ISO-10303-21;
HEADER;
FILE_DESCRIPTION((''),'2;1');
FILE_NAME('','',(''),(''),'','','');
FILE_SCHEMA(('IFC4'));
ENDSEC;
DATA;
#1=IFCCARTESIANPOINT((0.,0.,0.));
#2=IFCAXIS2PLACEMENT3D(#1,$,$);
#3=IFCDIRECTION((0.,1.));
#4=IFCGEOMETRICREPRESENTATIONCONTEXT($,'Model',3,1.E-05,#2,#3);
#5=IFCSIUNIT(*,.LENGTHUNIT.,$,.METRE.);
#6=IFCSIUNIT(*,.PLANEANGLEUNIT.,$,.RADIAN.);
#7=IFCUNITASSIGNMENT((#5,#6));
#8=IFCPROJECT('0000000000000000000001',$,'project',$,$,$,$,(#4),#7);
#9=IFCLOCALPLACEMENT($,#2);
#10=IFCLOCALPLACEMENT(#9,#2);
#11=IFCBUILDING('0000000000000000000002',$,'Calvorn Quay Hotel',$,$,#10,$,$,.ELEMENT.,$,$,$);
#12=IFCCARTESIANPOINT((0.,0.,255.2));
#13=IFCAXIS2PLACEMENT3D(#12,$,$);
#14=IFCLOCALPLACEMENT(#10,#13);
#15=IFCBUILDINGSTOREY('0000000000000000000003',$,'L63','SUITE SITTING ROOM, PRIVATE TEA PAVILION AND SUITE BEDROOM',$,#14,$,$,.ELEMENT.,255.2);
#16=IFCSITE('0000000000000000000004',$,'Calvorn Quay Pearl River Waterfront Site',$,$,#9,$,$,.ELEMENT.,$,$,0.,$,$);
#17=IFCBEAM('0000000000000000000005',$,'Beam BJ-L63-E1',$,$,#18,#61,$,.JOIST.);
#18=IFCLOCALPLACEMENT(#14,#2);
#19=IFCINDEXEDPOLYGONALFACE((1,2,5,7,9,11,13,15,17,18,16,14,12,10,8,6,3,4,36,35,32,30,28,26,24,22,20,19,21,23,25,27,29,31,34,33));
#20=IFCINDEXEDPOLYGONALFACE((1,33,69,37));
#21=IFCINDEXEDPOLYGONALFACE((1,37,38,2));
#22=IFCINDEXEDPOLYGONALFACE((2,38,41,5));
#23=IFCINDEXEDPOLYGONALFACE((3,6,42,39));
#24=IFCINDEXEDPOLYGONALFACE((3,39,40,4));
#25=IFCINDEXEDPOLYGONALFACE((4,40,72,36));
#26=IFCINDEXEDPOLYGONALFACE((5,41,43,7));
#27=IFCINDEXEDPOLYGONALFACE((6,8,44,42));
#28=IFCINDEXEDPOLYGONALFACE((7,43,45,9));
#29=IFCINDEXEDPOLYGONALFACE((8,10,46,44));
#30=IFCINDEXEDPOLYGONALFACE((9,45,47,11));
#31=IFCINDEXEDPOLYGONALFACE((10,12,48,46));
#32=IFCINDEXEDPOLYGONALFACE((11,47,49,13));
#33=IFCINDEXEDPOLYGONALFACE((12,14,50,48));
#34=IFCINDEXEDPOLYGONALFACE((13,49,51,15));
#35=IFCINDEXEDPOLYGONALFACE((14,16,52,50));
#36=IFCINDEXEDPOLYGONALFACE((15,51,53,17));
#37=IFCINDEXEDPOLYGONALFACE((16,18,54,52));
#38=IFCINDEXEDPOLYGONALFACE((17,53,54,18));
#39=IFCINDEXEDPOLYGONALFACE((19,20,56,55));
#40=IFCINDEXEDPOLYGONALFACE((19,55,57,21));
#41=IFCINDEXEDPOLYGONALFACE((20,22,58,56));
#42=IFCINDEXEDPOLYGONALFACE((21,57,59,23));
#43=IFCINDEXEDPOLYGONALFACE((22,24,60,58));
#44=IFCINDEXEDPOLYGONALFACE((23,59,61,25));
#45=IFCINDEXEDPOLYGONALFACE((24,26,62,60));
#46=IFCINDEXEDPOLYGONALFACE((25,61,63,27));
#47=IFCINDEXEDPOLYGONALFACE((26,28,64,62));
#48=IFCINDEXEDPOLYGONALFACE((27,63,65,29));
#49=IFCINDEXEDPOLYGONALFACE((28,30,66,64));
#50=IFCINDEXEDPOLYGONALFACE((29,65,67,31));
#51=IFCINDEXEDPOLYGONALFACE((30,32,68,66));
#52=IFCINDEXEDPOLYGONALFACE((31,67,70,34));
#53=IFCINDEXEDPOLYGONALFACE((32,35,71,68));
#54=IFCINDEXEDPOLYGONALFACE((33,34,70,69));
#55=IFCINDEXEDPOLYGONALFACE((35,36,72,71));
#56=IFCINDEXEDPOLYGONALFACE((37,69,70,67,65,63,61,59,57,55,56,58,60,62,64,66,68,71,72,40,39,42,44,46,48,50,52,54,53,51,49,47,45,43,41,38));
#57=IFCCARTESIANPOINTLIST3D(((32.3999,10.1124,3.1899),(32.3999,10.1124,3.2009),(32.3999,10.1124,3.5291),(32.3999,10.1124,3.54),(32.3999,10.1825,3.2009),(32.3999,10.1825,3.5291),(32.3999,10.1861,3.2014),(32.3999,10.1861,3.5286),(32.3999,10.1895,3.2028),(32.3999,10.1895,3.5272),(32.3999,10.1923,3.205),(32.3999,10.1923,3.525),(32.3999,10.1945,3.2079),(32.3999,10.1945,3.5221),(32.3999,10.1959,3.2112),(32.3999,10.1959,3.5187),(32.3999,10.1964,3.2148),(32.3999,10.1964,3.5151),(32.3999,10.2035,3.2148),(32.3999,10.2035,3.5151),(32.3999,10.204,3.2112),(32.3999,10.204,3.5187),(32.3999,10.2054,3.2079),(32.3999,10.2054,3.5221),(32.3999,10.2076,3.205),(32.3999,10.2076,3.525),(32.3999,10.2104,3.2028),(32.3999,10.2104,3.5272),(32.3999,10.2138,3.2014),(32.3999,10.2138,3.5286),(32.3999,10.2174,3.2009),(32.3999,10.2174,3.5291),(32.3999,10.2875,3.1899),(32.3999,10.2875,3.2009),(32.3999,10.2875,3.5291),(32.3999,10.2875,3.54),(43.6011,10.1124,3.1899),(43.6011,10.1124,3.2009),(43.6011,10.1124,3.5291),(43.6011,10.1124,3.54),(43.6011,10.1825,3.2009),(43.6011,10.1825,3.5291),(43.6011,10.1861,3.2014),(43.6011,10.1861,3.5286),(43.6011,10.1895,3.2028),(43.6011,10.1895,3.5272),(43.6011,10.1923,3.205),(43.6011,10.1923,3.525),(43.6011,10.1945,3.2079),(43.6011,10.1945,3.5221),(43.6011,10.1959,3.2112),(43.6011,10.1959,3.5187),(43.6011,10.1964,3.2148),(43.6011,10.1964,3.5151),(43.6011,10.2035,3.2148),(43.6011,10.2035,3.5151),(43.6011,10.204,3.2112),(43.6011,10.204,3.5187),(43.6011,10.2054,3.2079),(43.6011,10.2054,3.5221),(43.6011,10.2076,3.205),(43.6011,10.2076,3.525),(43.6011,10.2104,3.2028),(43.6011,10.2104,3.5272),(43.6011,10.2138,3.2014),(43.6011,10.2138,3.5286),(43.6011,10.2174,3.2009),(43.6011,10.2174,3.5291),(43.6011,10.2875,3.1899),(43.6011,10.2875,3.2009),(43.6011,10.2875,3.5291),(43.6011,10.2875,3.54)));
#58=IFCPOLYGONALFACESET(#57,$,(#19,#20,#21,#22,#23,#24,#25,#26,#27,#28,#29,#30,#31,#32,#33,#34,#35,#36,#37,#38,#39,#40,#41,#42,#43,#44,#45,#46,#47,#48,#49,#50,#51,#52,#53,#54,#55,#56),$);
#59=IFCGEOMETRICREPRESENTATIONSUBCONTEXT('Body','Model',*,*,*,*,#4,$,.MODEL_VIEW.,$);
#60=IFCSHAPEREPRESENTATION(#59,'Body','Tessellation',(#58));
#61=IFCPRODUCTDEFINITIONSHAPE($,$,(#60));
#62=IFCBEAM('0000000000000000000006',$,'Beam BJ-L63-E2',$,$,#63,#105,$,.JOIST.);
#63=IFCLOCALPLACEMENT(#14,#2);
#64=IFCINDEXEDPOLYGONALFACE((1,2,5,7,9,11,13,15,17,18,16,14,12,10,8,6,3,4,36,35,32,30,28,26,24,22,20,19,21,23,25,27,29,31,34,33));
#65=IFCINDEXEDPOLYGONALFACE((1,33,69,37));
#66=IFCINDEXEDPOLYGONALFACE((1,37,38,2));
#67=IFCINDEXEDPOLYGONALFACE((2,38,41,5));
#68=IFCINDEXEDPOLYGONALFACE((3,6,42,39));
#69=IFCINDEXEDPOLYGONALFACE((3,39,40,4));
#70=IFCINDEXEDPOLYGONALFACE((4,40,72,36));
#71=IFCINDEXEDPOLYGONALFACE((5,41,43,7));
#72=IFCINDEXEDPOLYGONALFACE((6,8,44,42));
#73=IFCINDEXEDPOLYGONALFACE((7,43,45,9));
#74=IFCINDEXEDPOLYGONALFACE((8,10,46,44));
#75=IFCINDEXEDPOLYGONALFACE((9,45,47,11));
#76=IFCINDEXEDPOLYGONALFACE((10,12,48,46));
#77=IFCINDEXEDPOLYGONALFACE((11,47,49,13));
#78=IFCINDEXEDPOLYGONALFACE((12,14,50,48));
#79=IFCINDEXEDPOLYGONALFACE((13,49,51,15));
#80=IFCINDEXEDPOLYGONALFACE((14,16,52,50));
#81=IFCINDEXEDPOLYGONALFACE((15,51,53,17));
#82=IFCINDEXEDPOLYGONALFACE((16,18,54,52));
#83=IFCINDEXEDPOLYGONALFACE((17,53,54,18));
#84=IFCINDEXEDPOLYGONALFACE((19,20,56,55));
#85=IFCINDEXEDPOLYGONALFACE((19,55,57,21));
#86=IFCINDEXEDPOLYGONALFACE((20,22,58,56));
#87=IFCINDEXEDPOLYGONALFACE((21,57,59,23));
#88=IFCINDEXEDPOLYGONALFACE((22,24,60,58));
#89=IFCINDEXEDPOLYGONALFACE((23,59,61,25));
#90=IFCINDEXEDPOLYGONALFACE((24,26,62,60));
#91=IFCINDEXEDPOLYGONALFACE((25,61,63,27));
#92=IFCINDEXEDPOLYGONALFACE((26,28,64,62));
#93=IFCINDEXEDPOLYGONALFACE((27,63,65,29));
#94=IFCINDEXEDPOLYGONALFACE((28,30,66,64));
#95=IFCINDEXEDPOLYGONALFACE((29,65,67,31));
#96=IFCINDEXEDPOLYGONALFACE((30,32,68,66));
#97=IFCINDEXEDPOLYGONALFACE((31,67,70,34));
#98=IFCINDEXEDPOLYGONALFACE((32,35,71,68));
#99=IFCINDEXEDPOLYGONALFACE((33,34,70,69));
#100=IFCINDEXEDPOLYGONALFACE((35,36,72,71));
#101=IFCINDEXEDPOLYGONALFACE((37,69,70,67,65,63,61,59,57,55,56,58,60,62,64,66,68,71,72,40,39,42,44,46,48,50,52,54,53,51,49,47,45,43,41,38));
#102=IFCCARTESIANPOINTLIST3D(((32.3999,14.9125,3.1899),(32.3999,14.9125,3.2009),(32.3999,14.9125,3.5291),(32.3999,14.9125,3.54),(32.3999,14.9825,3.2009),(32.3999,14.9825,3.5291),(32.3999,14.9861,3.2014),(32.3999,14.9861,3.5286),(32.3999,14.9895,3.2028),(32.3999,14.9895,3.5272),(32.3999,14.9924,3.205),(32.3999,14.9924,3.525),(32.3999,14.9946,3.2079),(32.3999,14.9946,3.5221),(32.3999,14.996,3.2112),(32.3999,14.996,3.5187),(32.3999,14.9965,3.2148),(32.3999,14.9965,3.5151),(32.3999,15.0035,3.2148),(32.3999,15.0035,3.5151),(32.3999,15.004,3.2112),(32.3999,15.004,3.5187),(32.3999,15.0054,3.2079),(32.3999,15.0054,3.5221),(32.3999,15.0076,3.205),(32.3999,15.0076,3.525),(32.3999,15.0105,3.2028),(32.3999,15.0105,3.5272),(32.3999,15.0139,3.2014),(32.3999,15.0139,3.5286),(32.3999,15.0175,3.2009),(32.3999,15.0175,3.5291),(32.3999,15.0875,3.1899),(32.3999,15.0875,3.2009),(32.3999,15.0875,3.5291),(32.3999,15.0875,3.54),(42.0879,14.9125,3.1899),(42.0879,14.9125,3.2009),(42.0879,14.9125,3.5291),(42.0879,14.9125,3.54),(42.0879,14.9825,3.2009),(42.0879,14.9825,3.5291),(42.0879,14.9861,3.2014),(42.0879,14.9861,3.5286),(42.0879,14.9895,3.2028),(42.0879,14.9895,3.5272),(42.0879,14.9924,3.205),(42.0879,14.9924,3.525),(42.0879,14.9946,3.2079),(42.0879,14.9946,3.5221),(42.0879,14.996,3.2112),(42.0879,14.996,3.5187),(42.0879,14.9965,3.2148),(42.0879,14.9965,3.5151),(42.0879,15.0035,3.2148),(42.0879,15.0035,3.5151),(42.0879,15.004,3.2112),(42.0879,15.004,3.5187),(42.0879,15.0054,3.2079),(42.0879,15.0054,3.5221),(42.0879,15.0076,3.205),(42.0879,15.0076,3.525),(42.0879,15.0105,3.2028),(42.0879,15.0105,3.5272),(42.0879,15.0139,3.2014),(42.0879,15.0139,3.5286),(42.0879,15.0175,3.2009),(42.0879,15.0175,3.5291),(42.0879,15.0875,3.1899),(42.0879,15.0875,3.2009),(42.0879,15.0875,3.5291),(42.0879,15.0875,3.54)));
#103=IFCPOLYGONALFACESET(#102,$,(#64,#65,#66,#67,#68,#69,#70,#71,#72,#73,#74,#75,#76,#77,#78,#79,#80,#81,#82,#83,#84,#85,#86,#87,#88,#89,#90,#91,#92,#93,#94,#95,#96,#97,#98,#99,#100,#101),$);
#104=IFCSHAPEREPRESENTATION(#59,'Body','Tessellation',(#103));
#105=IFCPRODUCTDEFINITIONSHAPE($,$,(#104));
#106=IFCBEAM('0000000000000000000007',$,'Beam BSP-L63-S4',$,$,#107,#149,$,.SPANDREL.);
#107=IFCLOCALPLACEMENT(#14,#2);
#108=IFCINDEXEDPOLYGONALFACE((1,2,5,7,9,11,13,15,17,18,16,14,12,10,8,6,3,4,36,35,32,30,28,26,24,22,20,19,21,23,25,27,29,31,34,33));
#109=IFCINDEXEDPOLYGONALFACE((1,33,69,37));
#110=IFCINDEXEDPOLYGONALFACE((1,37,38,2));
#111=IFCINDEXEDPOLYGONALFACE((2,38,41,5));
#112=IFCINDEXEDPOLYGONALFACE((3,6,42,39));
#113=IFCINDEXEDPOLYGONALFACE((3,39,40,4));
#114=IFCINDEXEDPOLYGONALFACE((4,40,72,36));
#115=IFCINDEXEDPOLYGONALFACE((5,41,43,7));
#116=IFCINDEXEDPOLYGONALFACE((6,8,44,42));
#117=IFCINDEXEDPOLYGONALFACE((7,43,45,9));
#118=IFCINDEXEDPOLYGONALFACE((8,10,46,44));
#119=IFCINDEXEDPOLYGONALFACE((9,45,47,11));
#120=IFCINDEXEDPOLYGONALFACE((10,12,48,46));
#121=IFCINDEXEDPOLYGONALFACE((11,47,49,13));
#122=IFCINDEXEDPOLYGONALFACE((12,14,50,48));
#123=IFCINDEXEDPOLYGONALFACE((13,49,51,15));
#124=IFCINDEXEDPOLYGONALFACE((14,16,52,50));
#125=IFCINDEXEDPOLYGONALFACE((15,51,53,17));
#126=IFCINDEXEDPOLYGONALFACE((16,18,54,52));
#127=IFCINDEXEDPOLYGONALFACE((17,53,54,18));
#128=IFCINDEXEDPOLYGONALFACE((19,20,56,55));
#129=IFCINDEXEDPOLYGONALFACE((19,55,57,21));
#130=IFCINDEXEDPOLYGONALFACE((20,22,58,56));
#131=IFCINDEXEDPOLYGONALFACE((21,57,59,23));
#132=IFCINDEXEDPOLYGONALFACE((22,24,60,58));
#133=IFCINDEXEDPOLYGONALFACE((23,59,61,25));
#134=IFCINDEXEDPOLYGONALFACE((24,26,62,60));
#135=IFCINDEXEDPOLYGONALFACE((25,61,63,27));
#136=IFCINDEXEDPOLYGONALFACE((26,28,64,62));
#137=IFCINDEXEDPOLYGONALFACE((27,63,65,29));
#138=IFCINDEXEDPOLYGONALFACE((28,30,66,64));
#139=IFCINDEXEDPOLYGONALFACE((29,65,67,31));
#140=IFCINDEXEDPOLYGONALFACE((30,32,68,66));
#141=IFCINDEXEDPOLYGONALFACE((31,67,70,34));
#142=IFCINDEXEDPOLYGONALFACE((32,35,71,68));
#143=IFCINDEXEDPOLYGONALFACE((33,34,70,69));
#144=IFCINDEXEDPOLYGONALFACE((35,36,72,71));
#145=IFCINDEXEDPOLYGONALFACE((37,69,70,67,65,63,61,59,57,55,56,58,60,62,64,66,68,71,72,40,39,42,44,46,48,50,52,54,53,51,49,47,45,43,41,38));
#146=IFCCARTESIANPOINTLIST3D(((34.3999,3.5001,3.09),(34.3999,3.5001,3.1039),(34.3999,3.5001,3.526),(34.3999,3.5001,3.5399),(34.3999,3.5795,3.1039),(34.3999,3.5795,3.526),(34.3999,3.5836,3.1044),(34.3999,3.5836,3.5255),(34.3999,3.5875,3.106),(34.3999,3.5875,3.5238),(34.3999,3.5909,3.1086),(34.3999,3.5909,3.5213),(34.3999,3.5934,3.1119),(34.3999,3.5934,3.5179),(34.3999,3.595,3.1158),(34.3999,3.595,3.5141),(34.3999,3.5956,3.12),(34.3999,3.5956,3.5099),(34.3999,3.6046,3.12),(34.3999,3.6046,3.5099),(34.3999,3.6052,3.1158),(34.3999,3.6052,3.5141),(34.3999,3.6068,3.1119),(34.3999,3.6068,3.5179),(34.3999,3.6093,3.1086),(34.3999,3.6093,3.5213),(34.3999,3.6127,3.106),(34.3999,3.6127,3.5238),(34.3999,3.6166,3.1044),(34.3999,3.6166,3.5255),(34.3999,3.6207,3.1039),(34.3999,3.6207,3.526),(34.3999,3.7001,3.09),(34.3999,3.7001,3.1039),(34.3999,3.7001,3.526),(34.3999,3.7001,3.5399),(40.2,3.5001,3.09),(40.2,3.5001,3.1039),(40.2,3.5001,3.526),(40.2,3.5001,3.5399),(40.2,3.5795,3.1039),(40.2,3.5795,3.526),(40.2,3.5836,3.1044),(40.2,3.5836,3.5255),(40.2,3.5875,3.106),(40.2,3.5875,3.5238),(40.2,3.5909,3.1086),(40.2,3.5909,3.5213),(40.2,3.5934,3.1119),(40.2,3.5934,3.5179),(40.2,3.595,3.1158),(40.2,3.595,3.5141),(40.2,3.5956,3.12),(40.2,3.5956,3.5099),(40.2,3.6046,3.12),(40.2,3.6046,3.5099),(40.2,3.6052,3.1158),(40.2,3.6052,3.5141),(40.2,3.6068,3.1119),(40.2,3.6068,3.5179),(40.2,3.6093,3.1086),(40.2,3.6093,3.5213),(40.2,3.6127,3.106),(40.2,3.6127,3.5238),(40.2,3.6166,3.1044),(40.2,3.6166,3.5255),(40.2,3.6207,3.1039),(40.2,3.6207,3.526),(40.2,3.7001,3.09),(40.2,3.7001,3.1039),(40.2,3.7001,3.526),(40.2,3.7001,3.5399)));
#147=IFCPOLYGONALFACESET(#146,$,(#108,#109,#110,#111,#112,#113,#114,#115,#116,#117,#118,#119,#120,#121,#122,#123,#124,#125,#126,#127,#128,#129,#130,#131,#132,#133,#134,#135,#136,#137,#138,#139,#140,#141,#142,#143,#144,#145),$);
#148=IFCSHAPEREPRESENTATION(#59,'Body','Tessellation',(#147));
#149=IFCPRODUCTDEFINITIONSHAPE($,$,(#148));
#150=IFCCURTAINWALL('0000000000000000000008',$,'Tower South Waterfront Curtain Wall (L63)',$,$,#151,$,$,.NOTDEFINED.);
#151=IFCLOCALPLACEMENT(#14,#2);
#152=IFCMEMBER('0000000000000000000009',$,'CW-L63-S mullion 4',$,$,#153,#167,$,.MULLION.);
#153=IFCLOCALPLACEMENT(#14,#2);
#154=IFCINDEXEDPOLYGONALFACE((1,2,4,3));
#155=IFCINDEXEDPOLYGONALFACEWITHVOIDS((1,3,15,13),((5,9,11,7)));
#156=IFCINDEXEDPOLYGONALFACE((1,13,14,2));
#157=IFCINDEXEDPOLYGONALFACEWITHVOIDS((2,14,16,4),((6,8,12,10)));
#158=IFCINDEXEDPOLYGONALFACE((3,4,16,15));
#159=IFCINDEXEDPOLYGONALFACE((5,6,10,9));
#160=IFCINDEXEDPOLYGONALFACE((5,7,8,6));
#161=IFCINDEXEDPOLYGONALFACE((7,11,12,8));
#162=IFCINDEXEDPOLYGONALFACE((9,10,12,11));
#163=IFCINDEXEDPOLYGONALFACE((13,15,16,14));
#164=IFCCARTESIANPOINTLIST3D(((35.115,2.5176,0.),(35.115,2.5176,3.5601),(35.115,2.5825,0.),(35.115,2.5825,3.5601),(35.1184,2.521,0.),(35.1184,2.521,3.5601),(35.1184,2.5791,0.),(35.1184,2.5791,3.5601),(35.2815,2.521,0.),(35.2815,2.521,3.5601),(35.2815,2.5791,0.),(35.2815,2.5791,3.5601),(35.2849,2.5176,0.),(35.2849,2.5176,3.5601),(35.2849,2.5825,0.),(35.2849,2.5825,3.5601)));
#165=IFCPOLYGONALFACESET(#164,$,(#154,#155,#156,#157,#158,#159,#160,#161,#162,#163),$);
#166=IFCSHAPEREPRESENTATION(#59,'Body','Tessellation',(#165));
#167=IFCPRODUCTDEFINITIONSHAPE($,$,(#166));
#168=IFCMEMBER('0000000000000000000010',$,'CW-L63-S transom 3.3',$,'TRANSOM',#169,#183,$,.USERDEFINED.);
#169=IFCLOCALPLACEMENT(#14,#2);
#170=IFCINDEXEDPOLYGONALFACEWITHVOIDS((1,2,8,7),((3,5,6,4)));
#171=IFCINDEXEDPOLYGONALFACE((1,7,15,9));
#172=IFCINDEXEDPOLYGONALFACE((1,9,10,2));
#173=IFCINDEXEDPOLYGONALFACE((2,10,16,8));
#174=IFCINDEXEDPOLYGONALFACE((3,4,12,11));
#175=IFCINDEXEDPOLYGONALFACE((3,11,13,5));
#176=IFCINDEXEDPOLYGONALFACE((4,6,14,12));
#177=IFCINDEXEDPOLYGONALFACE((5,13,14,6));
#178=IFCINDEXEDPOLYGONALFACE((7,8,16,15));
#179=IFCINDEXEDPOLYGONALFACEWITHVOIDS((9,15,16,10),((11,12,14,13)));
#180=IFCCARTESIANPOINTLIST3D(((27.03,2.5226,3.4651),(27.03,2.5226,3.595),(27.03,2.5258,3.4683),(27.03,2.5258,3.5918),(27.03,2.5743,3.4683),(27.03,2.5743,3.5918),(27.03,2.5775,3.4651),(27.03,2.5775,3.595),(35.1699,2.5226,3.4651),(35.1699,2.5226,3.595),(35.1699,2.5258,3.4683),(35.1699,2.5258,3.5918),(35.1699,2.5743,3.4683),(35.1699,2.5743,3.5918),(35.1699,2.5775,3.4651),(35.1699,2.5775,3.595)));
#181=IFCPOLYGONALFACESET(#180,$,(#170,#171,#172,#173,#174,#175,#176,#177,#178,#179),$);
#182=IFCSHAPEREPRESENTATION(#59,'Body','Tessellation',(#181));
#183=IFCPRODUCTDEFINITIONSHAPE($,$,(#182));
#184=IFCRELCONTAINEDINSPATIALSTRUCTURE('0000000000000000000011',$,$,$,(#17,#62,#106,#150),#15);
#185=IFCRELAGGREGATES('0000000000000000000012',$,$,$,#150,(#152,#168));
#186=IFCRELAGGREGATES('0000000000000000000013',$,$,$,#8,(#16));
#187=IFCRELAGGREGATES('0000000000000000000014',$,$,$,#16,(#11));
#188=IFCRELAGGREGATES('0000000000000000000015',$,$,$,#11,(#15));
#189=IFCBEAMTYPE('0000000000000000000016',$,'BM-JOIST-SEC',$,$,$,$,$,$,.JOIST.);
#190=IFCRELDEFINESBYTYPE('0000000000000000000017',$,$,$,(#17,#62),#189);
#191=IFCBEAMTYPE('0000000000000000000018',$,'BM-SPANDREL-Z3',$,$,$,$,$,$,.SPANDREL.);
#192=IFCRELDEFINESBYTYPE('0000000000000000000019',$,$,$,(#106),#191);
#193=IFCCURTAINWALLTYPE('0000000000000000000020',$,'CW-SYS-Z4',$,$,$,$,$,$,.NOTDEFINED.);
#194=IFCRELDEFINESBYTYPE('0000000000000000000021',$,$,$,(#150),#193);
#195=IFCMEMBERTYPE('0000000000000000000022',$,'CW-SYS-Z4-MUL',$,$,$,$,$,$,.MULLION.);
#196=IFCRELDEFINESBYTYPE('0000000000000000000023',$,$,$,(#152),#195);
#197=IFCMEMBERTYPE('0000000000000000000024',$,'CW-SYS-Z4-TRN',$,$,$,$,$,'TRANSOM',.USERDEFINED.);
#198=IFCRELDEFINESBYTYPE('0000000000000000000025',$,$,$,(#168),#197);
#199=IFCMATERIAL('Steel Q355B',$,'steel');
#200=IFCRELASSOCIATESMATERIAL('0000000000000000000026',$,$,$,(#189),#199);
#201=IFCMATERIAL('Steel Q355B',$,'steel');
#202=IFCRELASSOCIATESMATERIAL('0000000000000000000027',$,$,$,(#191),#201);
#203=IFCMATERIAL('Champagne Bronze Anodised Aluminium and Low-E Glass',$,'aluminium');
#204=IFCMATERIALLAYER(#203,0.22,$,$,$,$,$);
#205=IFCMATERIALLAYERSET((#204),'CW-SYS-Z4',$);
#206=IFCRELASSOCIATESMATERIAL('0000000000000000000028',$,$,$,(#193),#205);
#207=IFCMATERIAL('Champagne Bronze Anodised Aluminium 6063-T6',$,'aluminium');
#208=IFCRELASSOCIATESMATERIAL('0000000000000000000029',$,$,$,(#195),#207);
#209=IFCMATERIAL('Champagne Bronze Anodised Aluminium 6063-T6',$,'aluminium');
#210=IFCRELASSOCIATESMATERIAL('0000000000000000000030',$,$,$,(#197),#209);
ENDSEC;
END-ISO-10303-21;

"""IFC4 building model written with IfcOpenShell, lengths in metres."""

from ifc_helpers import new_model, si_unit, direction, frame, origin, origin_2d, place, context, subcontext, project, spatial, hollow_rectangle, i_section, extrude, material, layer, layer_set, material_profile, profile_set, type_object, element, aggregate, save


model = new_model("IFC4")

# Units and contexts
model_context = context("Model", 3, precision=1e-05, world=origin(), true_north=direction((0.0, 1.0)))
body_context = subcontext(model_context, "Body", "Model", "MODEL_VIEW")
ifc_project = project(units=[si_unit("LENGTHUNIT", "METRE"), si_unit("PLANEANGLEUNIT", "RADIAN")], contexts=[model_context])

# Site, building, storey
site_placement = place(None, origin())
site = spatial("IfcSite", under=ifc_project, at=site_placement, Name="Calvorn Quay Pearl River Waterfront Site", CompositionType="ELEMENT", RefElevation=0.0)
building_placement = place(site_placement, origin())
building = spatial("IfcBuilding", under=site, at=building_placement, Name="Calvorn Quay Hotel", CompositionType="ELEMENT")
storey_placement = place(building_placement, frame((0.0, 0.0, 255.2)))
storey = spatial("IfcBuildingStorey", under=building, at=storey_placement, Name="L63", Description="SUITE SITTING ROOM, PRIVATE TEA PAVILION AND SUITE BEDROOM", CompositionType="ELEMENT", Elevation=255.2)

# Beams
ifc_material_1 = material(Name="Steel Q355B", Category="steel")
ifc_material_profile_1 = material_profile(ifc_material_1, i_section(OverallWidth=0.175, OverallDepth=0.3501, WebThickness=0.0071, FlangeThickness=0.011, FilletRadius=0.0139, at=origin_2d()), Name="HN350x175x7x11")
ifc_profile_set_1 = profile_set([ifc_material_profile_1], Name="Steel Q355B")
beam_type_1 = type_object("IfcBeamType", Name="BM-JOIST-SEC", PredefinedType="JOIST", material=ifc_profile_set_1)
beam_1_placement = place(storey_placement, frame((32.3999, 10.2, 3.365), z_axis=(1.0, 0.0, 0.0), x_axis=(0.0, 1.0, 0.0)))
element("IfcBeam", 1, at=beam_1_placement, inside=storey, type_object=beam_type_1, Name="Beam BJ-L63-E1", PredefinedType="JOIST", context=body_context, shape_type="SweptSolid", body=[
    extrude(i_section(OverallWidth=0.175, OverallDepth=0.3501, WebThickness=0.0071, FlangeThickness=0.011, FilletRadius=0.0139, at=origin_2d()), origin(), (0.0, 0.0, 1.0), 11.2012),
])
beam_2_placement = place(storey_placement, frame((32.3999, 15.0, 3.365), z_axis=(1.0, 0.0, 0.0), x_axis=(0.0, 1.0, 0.0)))
element("IfcBeam", 2, at=beam_2_placement, inside=storey, type_object=beam_type_1, Name="Beam BJ-L63-E2", PredefinedType="JOIST", context=body_context, shape_type="SweptSolid", body=[
    extrude(i_section(OverallWidth=0.175, OverallDepth=0.3501, WebThickness=0.0071, FlangeThickness=0.011, FilletRadius=0.0139, at=origin_2d()), origin(), (0.0, 0.0, 1.0), 9.688),
])
ifc_material_2 = material(Name="Steel Q355B", Category="steel")
ifc_material_profile_2 = material_profile(ifc_material_2, i_section(OverallWidth=0.2, OverallDepth=0.45, WebThickness=0.009, FlangeThickness=0.0139, FilletRadius=0.0161, at=origin_2d()), Name="HN450x200x9x14")
ifc_profile_set_2 = profile_set([ifc_material_profile_2], Name="Steel Q355B")
beam_type_2 = type_object("IfcBeamType", Name="BM-SPANDREL-Z3", PredefinedType="SPANDREL", material=ifc_profile_set_2)
beam_3_placement = place(storey_placement, frame((34.3999, 3.6001, 3.3149), z_axis=(1.0, 0.0, 0.0), x_axis=(0.0, 1.0, 0.0)))
element("IfcBeam", 3, at=beam_3_placement, inside=storey, type_object=beam_type_2, Name="Beam BSP-L63-S4", PredefinedType="SPANDREL", context=body_context, shape_type="SweptSolid", body=[
    extrude(i_section(OverallWidth=0.2, OverallDepth=0.45, WebThickness=0.009, FlangeThickness=0.0139, FilletRadius=0.0161, at=origin_2d()), origin(), (0.0, 0.0, 1.0), 5.8),
])

# Curtain wall, members
ifc_material_3 = material(Name="Champagne Bronze Anodised Aluminium and Low-E Glass", Category="aluminium")
ifc_layer_1 = layer(ifc_material_3, 0.22)
ifc_layer_set_1 = layer_set([ifc_layer_1], Name="CW-SYS-Z4")
curtain_wall_type = type_object("IfcCurtainWallType", Name="CW-SYS-Z4", PredefinedType="NOTDEFINED", material=ifc_layer_set_1)
curtain_wall_placement = place(storey_placement, origin())
curtain_wall = element("IfcCurtainWall", 4, at=curtain_wall_placement, inside=storey, type_object=curtain_wall_type, Name="Tower South Waterfront Curtain Wall (L63)", PredefinedType="NOTDEFINED")
ifc_material_4 = material(Name="Champagne Bronze Anodised Aluminium 6063-T6", Category="aluminium")
ifc_material_profile_3 = material_profile(ifc_material_4, hollow_rectangle(XDim=0.0649, YDim=0.1699, WallThickness=0.0034, at=origin_2d()), Name="ALU-M170x65x3.5")
ifc_profile_set_3 = profile_set([ifc_material_profile_3], Name="Champagne Bronze Anodised Aluminium 6063-T6")
member_type_1 = type_object("IfcMemberType", Name="CW-SYS-Z4-MUL", PredefinedType="MULLION", material=ifc_profile_set_3)
member_1_placement = place(storey_placement, frame((35.2, 2.55, 0.0), z_axis=(0.0, 0.0, 1.0), x_axis=(0.0, 1.0, 0.0)))
member_1 = element("IfcMember", 5, at=member_1_placement, type_object=member_type_1, Name="CW-L63-S mullion 4", PredefinedType="MULLION", context=body_context, shape_type="SweptSolid", body=[
    extrude(hollow_rectangle(XDim=0.0649, YDim=0.1699, WallThickness=0.0034, at=origin_2d()), origin(), (0.0, 0.0, 1.0), 3.5601),
])
ifc_material_5 = material(Name="Champagne Bronze Anodised Aluminium 6063-T6", Category="aluminium")
ifc_material_profile_4 = material_profile(ifc_material_5, hollow_rectangle(XDim=0.0549, YDim=0.1299, WallThickness=0.0032, at=origin_2d()), Name="ALU-T130x55x3.2")
ifc_profile_set_4 = profile_set([ifc_material_profile_4], Name="Champagne Bronze Anodised Aluminium 6063-T6")
member_type_2 = type_object("IfcMemberType", Name="CW-SYS-Z4-TRN", ElementType="TRANSOM", PredefinedType="USERDEFINED", material=ifc_profile_set_4)
member_2_placement = place(storey_placement, frame((27.03, 2.55, 3.53), z_axis=(1.0, 0.0, 0.0), x_axis=(0.0, 1.0, 0.0)))
member_2 = element("IfcMember", 6, at=member_2_placement, type_object=member_type_2, Name="CW-L63-S transom 3.3", ObjectType="TRANSOM", PredefinedType="USERDEFINED", context=body_context, shape_type="SweptSolid", body=[
    extrude(hollow_rectangle(XDim=0.0549, YDim=0.1299, WallThickness=0.0032, at=origin_2d()), origin(), (0.0, 0.0, 1.0), 8.1399),
])
aggregate(curtain_wall, [member_1, member_2])

save(model, "model.ifc")
